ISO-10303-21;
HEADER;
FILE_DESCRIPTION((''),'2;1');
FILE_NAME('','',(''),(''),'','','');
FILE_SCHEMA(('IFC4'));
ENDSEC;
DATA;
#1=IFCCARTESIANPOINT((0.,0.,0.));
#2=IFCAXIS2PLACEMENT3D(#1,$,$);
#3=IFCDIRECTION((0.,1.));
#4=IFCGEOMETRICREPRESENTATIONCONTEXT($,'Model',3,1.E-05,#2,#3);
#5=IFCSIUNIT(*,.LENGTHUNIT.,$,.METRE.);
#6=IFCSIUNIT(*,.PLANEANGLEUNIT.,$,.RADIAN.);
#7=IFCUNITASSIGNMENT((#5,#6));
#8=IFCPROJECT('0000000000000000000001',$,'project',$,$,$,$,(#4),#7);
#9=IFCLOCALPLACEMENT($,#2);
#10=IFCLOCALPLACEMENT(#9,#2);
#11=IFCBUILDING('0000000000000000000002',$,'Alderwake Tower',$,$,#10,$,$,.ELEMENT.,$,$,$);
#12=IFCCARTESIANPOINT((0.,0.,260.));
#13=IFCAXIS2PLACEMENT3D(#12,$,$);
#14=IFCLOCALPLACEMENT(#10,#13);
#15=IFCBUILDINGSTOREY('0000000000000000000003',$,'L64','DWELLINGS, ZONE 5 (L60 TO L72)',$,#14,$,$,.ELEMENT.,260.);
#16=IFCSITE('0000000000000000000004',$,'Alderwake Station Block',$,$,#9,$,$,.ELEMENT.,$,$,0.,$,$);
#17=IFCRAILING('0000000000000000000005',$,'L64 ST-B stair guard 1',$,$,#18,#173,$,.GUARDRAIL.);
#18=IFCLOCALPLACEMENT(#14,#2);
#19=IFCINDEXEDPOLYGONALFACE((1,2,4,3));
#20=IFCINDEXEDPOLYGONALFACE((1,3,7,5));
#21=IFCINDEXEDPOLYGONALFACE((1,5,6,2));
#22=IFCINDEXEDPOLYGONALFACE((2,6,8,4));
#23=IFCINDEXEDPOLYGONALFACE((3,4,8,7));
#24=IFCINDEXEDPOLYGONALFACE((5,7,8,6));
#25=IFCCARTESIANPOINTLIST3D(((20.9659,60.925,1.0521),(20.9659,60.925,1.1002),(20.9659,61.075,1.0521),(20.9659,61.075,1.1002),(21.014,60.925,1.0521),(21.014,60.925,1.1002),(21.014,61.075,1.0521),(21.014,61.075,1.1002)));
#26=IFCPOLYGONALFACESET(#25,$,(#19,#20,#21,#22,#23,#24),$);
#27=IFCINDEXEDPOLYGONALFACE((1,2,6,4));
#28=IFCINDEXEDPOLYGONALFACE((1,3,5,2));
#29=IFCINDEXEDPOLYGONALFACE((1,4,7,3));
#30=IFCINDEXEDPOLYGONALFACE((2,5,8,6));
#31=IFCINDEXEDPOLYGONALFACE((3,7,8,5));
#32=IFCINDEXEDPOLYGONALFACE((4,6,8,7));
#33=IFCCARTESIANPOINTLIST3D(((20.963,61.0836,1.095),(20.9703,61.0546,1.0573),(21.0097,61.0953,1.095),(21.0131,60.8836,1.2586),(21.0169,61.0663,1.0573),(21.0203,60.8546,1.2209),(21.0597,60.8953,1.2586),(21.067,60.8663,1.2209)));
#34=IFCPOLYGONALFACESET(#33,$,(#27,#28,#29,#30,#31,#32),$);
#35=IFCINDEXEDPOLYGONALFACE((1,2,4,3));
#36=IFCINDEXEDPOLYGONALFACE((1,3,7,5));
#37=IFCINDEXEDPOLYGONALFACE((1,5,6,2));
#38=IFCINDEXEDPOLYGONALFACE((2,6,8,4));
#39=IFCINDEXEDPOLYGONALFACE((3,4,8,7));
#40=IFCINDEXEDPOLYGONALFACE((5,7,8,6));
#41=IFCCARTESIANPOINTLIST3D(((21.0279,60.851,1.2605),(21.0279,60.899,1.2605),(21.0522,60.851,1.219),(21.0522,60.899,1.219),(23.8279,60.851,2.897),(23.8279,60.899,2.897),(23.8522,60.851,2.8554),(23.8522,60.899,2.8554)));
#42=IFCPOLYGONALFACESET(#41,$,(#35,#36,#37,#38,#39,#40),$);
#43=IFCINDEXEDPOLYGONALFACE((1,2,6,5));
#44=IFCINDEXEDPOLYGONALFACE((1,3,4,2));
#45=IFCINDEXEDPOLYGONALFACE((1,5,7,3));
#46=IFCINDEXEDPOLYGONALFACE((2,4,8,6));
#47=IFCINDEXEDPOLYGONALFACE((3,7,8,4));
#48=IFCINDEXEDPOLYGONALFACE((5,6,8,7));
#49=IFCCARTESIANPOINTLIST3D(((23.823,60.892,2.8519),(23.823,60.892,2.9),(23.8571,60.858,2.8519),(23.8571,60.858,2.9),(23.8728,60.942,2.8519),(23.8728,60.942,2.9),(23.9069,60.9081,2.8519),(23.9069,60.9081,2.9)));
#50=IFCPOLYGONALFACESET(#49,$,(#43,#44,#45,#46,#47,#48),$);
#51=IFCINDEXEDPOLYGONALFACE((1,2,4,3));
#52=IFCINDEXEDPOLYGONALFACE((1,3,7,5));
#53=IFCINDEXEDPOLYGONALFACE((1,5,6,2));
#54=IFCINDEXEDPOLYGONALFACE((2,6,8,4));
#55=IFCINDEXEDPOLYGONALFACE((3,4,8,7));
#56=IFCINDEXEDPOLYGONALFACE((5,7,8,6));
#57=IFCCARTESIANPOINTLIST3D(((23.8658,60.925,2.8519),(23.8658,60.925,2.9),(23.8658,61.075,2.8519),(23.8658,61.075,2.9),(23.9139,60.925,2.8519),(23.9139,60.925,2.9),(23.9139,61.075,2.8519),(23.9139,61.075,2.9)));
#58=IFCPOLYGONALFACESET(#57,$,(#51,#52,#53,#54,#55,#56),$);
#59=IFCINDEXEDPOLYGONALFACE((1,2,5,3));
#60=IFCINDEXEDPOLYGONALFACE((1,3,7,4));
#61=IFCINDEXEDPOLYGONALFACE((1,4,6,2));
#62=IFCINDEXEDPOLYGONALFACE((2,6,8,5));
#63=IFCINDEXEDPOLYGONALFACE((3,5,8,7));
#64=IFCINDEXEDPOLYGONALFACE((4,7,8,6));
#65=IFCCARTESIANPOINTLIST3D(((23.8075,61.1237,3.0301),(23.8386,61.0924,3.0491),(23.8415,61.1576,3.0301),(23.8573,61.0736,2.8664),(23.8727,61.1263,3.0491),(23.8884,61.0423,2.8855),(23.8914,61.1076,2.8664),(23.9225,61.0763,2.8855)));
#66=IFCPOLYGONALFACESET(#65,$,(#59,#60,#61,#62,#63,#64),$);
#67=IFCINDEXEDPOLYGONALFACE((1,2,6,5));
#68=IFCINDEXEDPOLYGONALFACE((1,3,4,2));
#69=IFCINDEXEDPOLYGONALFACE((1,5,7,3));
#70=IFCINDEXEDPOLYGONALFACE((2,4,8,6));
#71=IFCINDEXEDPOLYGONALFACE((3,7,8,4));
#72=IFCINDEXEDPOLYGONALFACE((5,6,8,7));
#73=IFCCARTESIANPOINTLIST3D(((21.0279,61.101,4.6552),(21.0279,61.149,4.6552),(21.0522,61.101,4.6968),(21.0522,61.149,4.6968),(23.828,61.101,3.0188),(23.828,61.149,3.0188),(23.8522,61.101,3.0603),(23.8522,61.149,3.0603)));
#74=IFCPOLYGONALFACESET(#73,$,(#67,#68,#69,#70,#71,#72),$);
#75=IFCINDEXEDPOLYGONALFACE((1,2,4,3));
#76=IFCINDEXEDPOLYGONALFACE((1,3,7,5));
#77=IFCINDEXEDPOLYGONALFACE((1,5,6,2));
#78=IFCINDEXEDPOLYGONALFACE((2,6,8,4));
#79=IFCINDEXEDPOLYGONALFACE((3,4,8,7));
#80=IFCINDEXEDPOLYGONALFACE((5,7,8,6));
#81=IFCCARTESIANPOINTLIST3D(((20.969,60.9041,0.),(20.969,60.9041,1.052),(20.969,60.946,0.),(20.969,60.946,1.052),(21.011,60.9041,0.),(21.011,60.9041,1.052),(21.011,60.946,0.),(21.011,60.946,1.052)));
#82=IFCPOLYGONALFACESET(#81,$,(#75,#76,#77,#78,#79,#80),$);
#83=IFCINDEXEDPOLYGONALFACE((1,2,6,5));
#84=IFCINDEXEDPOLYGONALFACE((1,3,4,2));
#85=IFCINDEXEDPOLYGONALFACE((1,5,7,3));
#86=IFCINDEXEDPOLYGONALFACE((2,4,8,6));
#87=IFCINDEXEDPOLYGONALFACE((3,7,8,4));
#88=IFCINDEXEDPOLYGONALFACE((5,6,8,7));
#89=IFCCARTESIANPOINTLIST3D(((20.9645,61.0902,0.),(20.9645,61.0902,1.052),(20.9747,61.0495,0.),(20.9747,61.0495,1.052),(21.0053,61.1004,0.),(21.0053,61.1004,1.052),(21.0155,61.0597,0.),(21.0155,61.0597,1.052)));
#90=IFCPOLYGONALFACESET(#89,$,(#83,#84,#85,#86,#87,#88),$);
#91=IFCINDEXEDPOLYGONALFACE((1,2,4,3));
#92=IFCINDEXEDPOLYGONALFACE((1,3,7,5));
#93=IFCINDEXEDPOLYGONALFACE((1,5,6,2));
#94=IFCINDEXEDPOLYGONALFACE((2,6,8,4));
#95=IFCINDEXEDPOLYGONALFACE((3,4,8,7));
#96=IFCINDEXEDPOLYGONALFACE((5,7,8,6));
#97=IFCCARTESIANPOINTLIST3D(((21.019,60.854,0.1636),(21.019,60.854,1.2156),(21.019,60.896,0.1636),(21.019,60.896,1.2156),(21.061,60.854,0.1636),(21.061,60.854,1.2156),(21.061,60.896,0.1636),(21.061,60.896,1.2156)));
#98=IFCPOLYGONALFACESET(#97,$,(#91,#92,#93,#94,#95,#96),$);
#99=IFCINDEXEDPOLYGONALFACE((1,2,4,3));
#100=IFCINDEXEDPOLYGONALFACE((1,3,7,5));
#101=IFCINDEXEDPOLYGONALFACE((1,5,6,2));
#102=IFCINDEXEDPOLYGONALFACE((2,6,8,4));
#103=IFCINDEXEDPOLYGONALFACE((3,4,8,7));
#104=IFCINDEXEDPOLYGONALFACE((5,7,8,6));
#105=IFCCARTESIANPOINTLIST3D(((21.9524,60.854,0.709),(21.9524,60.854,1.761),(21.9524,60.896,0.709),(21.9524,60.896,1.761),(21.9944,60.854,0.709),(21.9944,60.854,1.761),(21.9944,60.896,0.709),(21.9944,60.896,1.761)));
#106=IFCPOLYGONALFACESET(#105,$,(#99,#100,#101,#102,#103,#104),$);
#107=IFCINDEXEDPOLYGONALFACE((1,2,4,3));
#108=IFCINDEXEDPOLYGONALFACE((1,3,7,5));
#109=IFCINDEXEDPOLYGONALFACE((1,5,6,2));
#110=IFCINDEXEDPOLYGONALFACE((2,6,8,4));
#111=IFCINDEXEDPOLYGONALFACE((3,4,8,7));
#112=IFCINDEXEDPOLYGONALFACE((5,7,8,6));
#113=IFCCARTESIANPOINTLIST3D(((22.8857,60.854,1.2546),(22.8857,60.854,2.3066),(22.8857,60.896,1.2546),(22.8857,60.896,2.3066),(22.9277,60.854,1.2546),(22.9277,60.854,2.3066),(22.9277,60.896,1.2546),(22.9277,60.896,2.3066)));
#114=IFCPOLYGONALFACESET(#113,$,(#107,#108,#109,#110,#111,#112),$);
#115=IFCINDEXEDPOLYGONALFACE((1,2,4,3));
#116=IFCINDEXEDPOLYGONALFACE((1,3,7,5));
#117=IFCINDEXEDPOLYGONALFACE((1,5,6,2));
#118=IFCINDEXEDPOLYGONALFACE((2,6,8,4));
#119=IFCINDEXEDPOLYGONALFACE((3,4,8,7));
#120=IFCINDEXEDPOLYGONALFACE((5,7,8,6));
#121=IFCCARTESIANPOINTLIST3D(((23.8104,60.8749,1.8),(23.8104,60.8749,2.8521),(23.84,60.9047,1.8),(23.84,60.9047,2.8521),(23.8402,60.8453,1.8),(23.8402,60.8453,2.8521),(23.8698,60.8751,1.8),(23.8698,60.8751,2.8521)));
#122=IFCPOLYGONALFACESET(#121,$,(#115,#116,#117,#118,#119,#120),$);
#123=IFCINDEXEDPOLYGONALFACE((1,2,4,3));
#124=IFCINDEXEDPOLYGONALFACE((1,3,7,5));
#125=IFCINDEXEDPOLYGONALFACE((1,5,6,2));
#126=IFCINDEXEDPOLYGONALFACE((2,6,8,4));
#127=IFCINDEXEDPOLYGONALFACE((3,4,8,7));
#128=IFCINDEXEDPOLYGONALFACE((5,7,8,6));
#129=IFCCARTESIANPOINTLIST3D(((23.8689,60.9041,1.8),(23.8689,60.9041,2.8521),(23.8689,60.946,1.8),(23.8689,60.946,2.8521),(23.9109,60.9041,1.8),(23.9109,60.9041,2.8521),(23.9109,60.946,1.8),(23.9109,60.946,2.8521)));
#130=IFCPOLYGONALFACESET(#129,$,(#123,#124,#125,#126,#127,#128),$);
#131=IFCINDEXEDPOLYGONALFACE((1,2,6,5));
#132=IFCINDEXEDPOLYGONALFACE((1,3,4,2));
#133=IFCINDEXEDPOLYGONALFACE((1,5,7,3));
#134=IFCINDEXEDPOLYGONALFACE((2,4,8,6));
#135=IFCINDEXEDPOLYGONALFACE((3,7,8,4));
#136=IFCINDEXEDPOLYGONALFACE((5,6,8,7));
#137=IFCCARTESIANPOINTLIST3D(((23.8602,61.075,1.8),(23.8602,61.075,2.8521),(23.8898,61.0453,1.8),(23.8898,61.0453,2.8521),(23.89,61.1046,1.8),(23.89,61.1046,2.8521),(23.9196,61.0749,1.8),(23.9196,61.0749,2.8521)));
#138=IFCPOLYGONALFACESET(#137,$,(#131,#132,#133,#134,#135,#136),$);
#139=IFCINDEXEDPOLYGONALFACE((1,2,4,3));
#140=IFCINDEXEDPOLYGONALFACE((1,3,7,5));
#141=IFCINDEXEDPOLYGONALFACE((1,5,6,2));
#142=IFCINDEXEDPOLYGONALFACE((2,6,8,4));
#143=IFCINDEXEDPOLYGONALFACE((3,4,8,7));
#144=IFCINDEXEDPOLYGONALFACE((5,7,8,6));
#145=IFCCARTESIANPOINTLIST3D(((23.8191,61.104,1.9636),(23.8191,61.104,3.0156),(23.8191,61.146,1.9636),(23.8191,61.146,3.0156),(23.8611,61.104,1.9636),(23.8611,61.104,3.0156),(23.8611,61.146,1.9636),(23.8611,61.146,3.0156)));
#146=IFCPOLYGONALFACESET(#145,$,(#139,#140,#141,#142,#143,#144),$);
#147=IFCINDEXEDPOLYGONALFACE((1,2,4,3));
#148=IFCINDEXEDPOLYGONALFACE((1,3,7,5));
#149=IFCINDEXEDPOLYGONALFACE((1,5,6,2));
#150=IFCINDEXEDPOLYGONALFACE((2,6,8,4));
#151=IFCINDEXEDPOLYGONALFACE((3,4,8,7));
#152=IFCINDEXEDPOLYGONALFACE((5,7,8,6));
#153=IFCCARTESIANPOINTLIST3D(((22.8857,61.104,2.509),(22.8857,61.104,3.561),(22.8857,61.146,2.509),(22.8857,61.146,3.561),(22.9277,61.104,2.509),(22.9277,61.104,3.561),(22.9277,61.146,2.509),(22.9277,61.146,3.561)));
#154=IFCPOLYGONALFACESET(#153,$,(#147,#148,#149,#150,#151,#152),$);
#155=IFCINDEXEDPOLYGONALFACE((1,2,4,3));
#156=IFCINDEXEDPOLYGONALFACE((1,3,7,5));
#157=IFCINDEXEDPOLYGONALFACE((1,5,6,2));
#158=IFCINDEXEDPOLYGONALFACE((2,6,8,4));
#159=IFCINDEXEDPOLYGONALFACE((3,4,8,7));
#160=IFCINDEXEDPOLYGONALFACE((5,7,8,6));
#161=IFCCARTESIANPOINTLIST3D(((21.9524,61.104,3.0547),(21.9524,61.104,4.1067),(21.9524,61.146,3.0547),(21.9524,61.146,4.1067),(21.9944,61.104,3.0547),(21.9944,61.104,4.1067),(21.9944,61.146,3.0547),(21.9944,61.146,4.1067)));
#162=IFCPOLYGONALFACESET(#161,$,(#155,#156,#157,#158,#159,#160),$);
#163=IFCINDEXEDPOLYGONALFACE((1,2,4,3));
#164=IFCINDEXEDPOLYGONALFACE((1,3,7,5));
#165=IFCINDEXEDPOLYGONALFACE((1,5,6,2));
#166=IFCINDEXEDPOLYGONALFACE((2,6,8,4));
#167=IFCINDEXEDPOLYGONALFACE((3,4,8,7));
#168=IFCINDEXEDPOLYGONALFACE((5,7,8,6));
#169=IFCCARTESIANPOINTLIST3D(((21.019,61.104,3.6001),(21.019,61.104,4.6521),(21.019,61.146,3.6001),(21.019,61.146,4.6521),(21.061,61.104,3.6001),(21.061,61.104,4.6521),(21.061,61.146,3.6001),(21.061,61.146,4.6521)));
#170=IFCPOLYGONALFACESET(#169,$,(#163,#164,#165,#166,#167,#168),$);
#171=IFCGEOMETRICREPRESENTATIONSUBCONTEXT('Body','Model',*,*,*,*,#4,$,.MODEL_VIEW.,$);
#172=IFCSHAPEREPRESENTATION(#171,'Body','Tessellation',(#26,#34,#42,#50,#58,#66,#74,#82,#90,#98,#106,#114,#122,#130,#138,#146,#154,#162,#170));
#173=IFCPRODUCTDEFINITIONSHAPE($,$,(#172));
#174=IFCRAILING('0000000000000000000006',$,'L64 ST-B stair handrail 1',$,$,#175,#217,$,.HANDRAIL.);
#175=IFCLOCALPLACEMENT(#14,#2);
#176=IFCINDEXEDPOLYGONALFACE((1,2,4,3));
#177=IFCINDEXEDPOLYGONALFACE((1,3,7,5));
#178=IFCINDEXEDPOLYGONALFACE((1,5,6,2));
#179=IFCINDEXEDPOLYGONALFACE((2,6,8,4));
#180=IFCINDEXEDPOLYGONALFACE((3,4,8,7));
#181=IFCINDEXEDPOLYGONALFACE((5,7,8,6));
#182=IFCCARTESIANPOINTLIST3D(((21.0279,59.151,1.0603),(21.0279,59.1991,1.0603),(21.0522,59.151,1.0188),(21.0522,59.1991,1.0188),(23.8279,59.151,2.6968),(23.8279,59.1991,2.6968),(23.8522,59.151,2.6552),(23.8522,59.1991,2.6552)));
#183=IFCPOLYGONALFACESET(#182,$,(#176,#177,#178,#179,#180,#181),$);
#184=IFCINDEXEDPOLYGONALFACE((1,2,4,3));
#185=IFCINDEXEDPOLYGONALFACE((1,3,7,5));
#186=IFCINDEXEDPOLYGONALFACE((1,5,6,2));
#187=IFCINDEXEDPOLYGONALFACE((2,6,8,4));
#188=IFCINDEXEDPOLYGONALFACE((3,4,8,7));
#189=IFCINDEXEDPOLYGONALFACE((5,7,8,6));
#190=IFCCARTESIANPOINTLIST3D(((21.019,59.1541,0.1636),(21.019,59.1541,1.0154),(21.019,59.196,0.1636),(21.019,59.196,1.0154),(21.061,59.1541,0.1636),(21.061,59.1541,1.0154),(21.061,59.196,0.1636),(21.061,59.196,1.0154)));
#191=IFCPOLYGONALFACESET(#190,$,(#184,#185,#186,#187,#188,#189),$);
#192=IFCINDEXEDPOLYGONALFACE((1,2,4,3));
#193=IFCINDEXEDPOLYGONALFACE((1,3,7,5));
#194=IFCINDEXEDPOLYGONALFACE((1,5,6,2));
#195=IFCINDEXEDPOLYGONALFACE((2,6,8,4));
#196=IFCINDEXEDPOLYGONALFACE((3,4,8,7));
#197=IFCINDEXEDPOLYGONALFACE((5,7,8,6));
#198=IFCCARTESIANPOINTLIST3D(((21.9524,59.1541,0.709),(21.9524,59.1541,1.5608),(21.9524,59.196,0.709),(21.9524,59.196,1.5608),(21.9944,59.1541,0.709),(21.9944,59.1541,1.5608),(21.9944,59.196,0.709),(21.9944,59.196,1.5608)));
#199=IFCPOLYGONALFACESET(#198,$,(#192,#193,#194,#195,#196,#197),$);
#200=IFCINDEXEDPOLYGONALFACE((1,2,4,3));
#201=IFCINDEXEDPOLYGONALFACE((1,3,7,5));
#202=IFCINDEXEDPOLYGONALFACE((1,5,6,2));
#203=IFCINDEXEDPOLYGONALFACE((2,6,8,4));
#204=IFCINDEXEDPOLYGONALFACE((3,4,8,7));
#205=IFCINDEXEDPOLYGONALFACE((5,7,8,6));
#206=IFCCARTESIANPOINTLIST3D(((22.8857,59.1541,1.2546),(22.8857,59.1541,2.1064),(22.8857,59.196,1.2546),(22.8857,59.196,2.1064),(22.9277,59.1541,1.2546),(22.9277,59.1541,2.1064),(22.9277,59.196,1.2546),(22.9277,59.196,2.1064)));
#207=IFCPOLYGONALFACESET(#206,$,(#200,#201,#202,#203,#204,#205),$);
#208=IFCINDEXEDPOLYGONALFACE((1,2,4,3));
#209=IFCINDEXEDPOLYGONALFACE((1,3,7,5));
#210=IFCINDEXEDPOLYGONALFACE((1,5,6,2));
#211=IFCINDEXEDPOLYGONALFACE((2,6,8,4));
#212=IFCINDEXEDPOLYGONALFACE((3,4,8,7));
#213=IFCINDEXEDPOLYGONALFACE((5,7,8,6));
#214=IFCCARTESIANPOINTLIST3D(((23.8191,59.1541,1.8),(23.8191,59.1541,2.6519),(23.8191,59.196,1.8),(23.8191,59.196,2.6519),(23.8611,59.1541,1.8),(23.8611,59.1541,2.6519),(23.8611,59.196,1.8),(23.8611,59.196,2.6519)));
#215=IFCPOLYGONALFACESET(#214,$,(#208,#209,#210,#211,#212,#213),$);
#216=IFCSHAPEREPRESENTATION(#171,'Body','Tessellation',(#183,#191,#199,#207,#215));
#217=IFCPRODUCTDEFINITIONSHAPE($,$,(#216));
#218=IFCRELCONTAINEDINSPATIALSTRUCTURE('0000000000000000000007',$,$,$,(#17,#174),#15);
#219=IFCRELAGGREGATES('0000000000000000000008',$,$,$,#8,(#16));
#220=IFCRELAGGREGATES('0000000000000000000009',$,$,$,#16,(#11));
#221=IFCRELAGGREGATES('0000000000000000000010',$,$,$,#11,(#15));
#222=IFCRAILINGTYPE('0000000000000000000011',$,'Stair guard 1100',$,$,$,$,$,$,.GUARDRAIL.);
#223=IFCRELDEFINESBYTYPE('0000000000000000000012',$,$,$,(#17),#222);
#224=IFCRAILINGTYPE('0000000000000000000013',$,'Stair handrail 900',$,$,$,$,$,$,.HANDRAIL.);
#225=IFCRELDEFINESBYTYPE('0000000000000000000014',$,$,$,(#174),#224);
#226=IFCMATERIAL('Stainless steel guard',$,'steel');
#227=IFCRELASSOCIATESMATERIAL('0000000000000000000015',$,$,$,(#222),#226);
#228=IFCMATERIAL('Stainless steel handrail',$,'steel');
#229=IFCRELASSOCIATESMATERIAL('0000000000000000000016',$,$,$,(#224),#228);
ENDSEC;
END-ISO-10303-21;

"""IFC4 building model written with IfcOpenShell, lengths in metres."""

from ifc_helpers import new_model, si_unit, direction, frame, origin, origin_with_axes, origin_2d, place, context, subcontext, project, spatial, rectangle, extrude, material, type_object, element, save


model = new_model("IFC4")

# Units and contexts
model_context = context("Model", 3, precision=1e-05, world=origin(), true_north=direction((0.0, 1.0)))
body_context = subcontext(model_context, "Body", "Model", "MODEL_VIEW")
ifc_project = project(units=[si_unit("LENGTHUNIT", "METRE"), si_unit("PLANEANGLEUNIT", "RADIAN")], contexts=[model_context])

# Site, building, storey
site_placement = place(None, origin())
site = spatial("IfcSite", under=ifc_project, at=site_placement, Name="Alderwake Station Block", CompositionType="ELEMENT", RefElevation=0.0)
building_placement = place(site_placement, origin())
building = spatial("IfcBuilding", under=site, at=building_placement, Name="Alderwake Tower", CompositionType="ELEMENT")
storey_placement = place(building_placement, frame((0.0, 0.0, 260.0)))
storey = spatial("IfcBuildingStorey", under=building, at=storey_placement, Name="L64", Description="DWELLINGS, ZONE 5 (L60 TO L72)", CompositionType="ELEMENT", Elevation=260.0)

# Railings
ifc_material_1 = material(Name="Stainless steel guard", Category="steel")
railing_type_1 = type_object("IfcRailingType", Name="Stair guard 1100", PredefinedType="GUARDRAIL", material=ifc_material_1)
railing_1_placement = place(storey_placement, frame((20.99, 60.925, 0.0)))
element("IfcRailing", 1, at=railing_1_placement, inside=storey, type_object=railing_type_1, Name="L64 ST-B stair guard 1", PredefinedType="GUARDRAIL", context=body_context, shape_type="SweptSolid", body=[
    extrude(rectangle(XDim=0.0481, YDim=0.0481, at=origin_2d()), frame((0.0, 0.0, 1.0762), z_axis=(0.0, 1.0, 0.0), x_axis=(-1.0, 0.0, 0.0)), (0.0, 0.0, 1.0), 0.1499),
    extrude(rectangle(XDim=0.0481, YDim=0.0481, at=origin_2d()), frame((0.0, 0.1499, 1.0762), z_axis=(0.1902, -0.75987, 0.621628), x_axis=(0.970073, 0.242814, 0.0)), (0.0, 0.0, 1.0), 0.2632),
    extrude(rectangle(XDim=0.0481, YDim=0.0481, at=origin_2d()), frame((0.05, -0.05, 1.2397), z_axis=(0.863361, 0.0, 0.504587), x_axis=(0.0, 1.0, 0.0)), (0.0, 0.0, 1.0), 3.2432),
    extrude(rectangle(XDim=0.0481, YDim=0.0481, at=origin_2d()), frame((2.8501, -0.05, 2.876), z_axis=(0.705376, 0.708834, 0.0), x_axis=(-0.708834, 0.705376, 0.0)), (0.0, 0.0, 1.0), 0.0706),
    extrude(rectangle(XDim=0.0481, YDim=0.0481, at=origin_2d()), frame((2.8999, 0.0, 2.876), z_axis=(0.0, 1.0, 0.0), x_axis=(-1.0, 0.0, 0.0)), (0.0, 0.0, 1.0), 0.1499),
    extrude(rectangle(XDim=0.0481, YDim=0.0481, at=origin_2d()), frame((2.8999, 0.1499, 2.876), z_axis=(-0.279546, 0.280917, 0.918118), x_axis=(-0.708834, -0.705376, 0.0)), (0.0, 0.0, 1.0), 0.1782),
    extrude(rectangle(XDim=0.0481, YDim=0.0481, at=origin_2d()), frame((2.8501, 0.2, 3.0396), z_axis=(-0.863361, 0.0, 0.504587), x_axis=(0.0, -1.0, 0.0)), (0.0, 0.0, 1.0), 3.2432),
    extrude(rectangle(XDim=0.042, YDim=0.042, at=origin_2d()), frame((0.0, 0.0, 0.0), z_axis=(0.0, 0.0, 1.0), x_axis=(0.0, 1.0, 0.0)), (0.0, 0.0, 1.0), 1.052),
    extrude(rectangle(XDim=0.042, YDim=0.042, at=origin_2d()), frame((0.0, 0.1499, 0.0), z_axis=(0.0, 0.0, 1.0), x_axis=(0.242814, -0.970073, 0.0)), (0.0, 0.0, 1.0), 1.052),
    extrude(rectangle(XDim=0.042, YDim=0.042, at=origin_2d()), frame((0.05, -0.05, 0.1636), z_axis=(0.0, 0.0, 1.0), x_axis=(1.0, 0.0, 0.0)), (0.0, 0.0, 1.0), 1.052),
    extrude(rectangle(XDim=0.042, YDim=0.042, at=origin_2d()), frame((0.9834, -0.05, 0.709), z_axis=(0.0, 0.0, 1.0), x_axis=(1.0, 0.0, 0.0)), (0.0, 0.0, 1.0), 1.052),
    extrude(rectangle(XDim=0.042, YDim=0.042, at=origin_2d()), frame((1.9167, -0.05, 1.2546), z_axis=(0.0, 0.0, 1.0), x_axis=(1.0, 0.0, 0.0)), (0.0, 0.0, 1.0), 1.052),
    extrude(rectangle(XDim=0.042, YDim=0.042, at=origin_2d()), frame((2.8501, -0.05, 1.8), z_axis=(0.0, 0.0, 1.0), x_axis=(0.705376, 0.708834, 0.0)), (0.0, 0.0, 1.0), 1.052),
    extrude(rectangle(XDim=0.042, YDim=0.042, at=origin_2d()), frame((2.8999, 0.0, 1.8), z_axis=(0.0, 0.0, 1.0), x_axis=(0.0, 1.0, 0.0)), (0.0, 0.0, 1.0), 1.052),
    extrude(rectangle(XDim=0.042, YDim=0.042, at=origin_2d()), frame((2.8999, 0.1499, 1.8), z_axis=(0.0, 0.0, 1.0), x_axis=(-0.705376, 0.708834, 0.0)), (0.0, 0.0, 1.0), 1.052),
    extrude(rectangle(XDim=0.042, YDim=0.042, at=origin_2d()), frame((2.8501, 0.2, 1.9636), z_axis=(0.0, 0.0, 1.0), x_axis=(-1.0, 0.0, 0.0)), (0.0, 0.0, 1.0), 1.052),
    extrude(rectangle(XDim=0.042, YDim=0.042, at=origin_2d()), frame((1.9167, 0.2, 2.509), z_axis=(0.0, 0.0, 1.0), x_axis=(-1.0, 0.0, 0.0)), (0.0, 0.0, 1.0), 1.052),
    extrude(rectangle(XDim=0.042, YDim=0.042, at=origin_2d()), frame((0.9834, 0.2, 3.0547), z_axis=(0.0, 0.0, 1.0), x_axis=(-1.0, 0.0, 0.0)), (0.0, 0.0, 1.0), 1.052),
    extrude(rectangle(XDim=0.042, YDim=0.042, at=origin_2d()), frame((0.05, 0.2, 3.6001), z_axis=(0.0, 0.0, 1.0), x_axis=(-1.0, 0.0, 0.0)), (0.0, 0.0, 1.0), 1.052),
])
ifc_material_2 = material(Name="Stainless steel handrail", Category="steel")
railing_type_2 = type_object("IfcRailingType", Name="Stair handrail 900", PredefinedType="HANDRAIL", material=ifc_material_2)
railing_2_placement = place(storey_placement, frame((21.04, 59.175, 0.1636)))
element("IfcRailing", 2, at=railing_2_placement, inside=storey, type_object=railing_type_2, Name="L64 ST-B stair handrail 1", PredefinedType="HANDRAIL", context=body_context, shape_type="SweptSolid", body=[
    extrude(rectangle(XDim=0.0481, YDim=0.0481, at=origin_2d()), frame((0.0, 0.0, 0.876), z_axis=(0.863361, 0.0, 0.504587), x_axis=(0.0, 1.0, 0.0)), (0.0, 0.0, 1.0), 3.2432),
    extrude(rectangle(XDim=0.042, YDim=0.042, at=origin_2d()), origin_with_axes(), (0.0, 0.0, 1.0), 0.8518),
    extrude(rectangle(XDim=0.042, YDim=0.042, at=origin_2d()), frame((0.9333, 0.0, 0.5454), z_axis=(0.0, 0.0, 1.0), x_axis=(1.0, 0.0, 0.0)), (0.0, 0.0, 1.0), 0.8518),
    extrude(rectangle(XDim=0.042, YDim=0.042, at=origin_2d()), frame((1.8667, 0.0, 1.0911), z_axis=(0.0, 0.0, 1.0), x_axis=(1.0, 0.0, 0.0)), (0.0, 0.0, 1.0), 0.8518),
    extrude(rectangle(XDim=0.042, YDim=0.042, at=origin_2d()), frame((2.8, 0.0, 1.6365), z_axis=(0.0, 0.0, 1.0), x_axis=(1.0, 0.0, 0.0)), (0.0, 0.0, 1.0), 0.8518),
])

save(model, "model.ifc")
